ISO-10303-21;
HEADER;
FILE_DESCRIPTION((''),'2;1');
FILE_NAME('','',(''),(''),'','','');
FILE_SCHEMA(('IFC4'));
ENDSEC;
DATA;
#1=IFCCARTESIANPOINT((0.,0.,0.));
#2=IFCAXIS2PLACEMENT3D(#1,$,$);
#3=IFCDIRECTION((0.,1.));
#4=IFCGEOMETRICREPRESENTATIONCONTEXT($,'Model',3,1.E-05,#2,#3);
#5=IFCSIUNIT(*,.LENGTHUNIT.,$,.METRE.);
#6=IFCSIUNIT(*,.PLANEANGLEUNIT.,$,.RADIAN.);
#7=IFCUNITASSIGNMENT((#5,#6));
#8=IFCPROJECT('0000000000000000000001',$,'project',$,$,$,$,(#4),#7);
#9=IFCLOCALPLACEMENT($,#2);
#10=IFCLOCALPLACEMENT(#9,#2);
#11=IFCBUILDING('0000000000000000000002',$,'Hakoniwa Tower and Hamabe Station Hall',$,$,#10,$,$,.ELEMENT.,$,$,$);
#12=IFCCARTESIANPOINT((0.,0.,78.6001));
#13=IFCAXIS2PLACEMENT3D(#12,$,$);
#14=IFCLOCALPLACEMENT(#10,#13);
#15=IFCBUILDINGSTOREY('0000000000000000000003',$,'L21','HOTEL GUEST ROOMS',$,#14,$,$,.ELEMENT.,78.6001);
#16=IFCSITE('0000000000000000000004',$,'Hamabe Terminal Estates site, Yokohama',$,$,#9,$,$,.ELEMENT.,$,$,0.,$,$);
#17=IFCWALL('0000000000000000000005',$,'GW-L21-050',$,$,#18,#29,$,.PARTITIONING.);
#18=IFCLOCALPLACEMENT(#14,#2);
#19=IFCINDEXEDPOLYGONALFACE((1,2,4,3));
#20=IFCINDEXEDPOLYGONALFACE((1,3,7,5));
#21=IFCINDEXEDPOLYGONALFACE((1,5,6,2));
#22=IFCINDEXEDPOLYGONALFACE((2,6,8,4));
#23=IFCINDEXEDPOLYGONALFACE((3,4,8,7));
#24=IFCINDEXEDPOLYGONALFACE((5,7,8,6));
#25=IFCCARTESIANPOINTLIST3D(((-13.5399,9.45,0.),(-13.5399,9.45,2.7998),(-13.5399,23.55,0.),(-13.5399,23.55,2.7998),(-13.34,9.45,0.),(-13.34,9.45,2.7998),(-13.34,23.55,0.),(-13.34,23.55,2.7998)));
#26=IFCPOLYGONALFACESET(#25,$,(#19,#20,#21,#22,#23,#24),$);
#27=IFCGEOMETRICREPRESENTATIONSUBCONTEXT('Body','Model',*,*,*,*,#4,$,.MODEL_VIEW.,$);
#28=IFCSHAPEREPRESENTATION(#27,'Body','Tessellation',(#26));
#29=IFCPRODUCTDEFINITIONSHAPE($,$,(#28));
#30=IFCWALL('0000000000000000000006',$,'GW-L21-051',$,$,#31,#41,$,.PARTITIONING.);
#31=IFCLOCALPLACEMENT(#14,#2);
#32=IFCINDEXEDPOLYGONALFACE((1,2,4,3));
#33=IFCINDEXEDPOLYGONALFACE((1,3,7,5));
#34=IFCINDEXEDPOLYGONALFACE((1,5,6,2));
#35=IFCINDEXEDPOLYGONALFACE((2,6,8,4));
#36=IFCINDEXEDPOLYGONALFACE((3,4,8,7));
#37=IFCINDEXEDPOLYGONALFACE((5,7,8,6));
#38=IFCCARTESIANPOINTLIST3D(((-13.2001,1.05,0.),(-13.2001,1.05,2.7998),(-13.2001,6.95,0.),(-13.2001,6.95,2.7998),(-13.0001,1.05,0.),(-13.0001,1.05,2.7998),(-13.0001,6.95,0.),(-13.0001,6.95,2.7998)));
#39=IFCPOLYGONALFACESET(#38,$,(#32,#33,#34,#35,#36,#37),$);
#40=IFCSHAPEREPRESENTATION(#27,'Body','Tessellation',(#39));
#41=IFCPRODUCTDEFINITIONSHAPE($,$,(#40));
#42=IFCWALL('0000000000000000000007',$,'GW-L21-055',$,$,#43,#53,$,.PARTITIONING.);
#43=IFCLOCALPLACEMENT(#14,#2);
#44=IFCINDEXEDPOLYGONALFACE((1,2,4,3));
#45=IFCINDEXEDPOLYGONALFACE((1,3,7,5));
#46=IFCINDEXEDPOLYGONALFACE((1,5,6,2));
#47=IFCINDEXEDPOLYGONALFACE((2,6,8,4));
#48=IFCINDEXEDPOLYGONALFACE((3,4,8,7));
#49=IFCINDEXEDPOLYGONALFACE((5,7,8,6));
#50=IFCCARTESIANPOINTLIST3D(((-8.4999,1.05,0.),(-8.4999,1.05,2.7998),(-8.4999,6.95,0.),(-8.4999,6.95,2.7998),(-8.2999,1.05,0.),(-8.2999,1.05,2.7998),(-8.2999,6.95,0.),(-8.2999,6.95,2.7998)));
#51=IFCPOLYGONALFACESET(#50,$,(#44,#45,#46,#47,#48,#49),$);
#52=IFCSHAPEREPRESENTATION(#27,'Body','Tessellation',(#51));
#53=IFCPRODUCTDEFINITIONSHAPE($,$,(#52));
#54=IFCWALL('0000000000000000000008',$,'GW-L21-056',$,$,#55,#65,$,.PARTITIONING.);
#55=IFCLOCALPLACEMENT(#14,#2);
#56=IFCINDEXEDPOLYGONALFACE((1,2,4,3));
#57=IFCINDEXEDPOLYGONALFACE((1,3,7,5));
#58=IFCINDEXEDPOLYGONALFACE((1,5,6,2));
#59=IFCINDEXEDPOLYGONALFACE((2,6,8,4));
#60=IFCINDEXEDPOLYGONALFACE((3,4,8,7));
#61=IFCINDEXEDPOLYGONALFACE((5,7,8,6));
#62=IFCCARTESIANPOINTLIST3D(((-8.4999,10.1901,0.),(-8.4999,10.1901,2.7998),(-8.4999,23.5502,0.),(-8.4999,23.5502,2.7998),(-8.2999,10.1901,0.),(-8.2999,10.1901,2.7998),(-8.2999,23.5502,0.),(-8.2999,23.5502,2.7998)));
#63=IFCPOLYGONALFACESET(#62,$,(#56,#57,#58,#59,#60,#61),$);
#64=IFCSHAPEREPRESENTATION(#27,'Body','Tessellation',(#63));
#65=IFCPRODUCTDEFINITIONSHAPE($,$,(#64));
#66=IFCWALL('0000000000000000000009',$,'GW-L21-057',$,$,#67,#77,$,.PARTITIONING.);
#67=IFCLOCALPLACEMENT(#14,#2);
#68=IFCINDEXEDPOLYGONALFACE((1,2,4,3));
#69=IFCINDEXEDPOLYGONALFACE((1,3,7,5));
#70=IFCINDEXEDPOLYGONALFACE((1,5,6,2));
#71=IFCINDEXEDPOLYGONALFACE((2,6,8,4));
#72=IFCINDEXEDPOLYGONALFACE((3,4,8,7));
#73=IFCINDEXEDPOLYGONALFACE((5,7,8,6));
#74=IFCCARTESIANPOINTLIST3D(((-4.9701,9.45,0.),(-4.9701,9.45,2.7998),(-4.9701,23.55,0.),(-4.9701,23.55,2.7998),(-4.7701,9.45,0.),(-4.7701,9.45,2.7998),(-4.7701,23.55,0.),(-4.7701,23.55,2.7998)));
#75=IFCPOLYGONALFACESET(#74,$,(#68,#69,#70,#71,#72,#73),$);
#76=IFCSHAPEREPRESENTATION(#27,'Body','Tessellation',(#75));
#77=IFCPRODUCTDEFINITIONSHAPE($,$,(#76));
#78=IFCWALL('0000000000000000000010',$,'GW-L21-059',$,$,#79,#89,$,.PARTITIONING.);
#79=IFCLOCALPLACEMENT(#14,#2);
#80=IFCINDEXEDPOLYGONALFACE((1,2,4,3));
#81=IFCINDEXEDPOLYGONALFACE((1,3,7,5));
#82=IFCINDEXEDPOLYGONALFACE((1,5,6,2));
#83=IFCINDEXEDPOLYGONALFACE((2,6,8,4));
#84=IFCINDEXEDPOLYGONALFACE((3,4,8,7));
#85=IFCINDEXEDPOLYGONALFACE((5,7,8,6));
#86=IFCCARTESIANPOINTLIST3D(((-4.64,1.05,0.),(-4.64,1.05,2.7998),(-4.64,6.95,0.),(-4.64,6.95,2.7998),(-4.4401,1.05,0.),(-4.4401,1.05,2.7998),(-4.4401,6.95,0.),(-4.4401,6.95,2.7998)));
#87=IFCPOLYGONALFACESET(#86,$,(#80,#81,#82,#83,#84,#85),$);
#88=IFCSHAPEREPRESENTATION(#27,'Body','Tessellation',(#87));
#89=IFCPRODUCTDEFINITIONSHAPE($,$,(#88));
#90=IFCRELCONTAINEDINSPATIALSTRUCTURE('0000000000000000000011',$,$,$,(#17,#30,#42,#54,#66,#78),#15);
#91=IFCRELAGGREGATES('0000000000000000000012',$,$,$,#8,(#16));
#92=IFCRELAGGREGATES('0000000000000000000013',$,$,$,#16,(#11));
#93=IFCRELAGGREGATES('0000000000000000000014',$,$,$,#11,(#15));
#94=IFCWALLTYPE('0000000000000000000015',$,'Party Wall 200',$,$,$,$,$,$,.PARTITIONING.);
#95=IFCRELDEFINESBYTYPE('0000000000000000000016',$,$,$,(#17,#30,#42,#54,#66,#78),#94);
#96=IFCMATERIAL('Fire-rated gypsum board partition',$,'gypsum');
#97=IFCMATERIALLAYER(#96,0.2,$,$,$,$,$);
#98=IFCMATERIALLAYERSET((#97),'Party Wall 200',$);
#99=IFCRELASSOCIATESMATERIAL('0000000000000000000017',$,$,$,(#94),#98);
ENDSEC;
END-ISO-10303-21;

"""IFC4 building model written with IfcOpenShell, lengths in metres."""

from ifc_helpers import new_model, si_unit, direction, frame, frame_2d, origin, place, context, subcontext, project, spatial, rectangle, extrude, material, layer, layer_set, type_object, element, save


model = new_model("IFC4")

# Units and contexts
model_context = context("Model", 3, precision=1e-05, world=origin(), true_north=direction((0.0, 1.0)))
body_context = subcontext(model_context, "Body", "Model", "MODEL_VIEW")
ifc_project = project(units=[si_unit("LENGTHUNIT", "METRE"), si_unit("PLANEANGLEUNIT", "RADIAN")], contexts=[model_context])

# Site, building, storey
site_placement = place(None, origin())
site = spatial("IfcSite", under=ifc_project, at=site_placement, Name="Hamabe Terminal Estates site, Yokohama", CompositionType="ELEMENT", RefElevation=0.0)
building_placement = place(site_placement, origin())
building = spatial("IfcBuilding", under=site, at=building_placement, Name="Hakoniwa Tower and Hamabe Station Hall", CompositionType="ELEMENT")
storey_placement = place(building_placement, frame((0.0, 0.0, 78.6001)))
storey = spatial("IfcBuildingStorey", under=building, at=storey_placement, Name="L21", Description="HOTEL GUEST ROOMS", CompositionType="ELEMENT", Elevation=78.6001)

# Walls
ifc_material_1 = material(Name="Fire-rated gypsum board partition", Category="gypsum")
ifc_layer_1 = layer(ifc_material_1, 0.2)
ifc_layer_set_1 = layer_set([ifc_layer_1], Name="Party Wall 200")
wall_type_1 = type_object("IfcWallType", Name="Party Wall 200", PredefinedType="PARTITIONING", material=ifc_layer_set_1)
wall_1_placement = place(storey_placement, frame((-13.4399, 9.45, 0.0), z_axis=(0.0, 0.0, 1.0), x_axis=(0.0, 1.0, 0.0)))
element("IfcWall", 1, at=wall_1_placement, inside=storey, type_object=wall_type_1, Name="GW-L21-050", PredefinedType="PARTITIONING", context=body_context, shape_type="SweptSolid", body=[
    extrude(rectangle(XDim=14.1001, YDim=0.2, at=frame_2d((7.05, 0.0))), origin(), (0.0, 0.0, 1.0), 2.7998),
])
for number, where, z_axis, x_axis, name in (
    (2, (-13.1001, 1.05, 0.0), (0.0, 0.0, 1.0), (0.0, 1.0, 0.0), "GW-L21-051"),
    (3, (-8.3999, 1.05, 0.0), (0.0, 0.0, 1.0), (0.0, 1.0, 0.0), "GW-L21-055"),
):
    element("IfcWall", number, at=place(storey_placement, frame(where, z_axis=z_axis, x_axis=x_axis)), inside=storey, type_object=wall_type_1, Name=name, PredefinedType="PARTITIONING", context=body_context, shape_type="SweptSolid", body=[
        extrude(rectangle(XDim=5.8999, YDim=0.2, at=frame_2d((2.95, 0.0))), origin(), (0.0, 0.0, 1.0), 2.7998),
    ])
wall_2_placement = place(storey_placement, frame((-8.3999, 10.1899, 0.0), z_axis=(0.0, 0.0, 1.0), x_axis=(0.0, 1.0, 0.0)))
element("IfcWall", 4, at=wall_2_placement, inside=storey, type_object=wall_type_1, Name="GW-L21-056", PredefinedType="PARTITIONING", context=body_context, shape_type="SweptSolid", body=[
    extrude(rectangle(XDim=13.3601, YDim=0.2, at=frame_2d((6.6802, 0.0))), origin(), (0.0, 0.0, 1.0), 2.7998),
])
wall_3_placement = place(storey_placement, frame((-4.8701, 9.45, 0.0), z_axis=(0.0, 0.0, 1.0), x_axis=(0.0, 1.0, 0.0)))
element("IfcWall", 5, at=wall_3_placement, inside=storey, type_object=wall_type_1, Name="GW-L21-057", PredefinedType="PARTITIONING", context=body_context, shape_type="SweptSolid", body=[
    extrude(rectangle(XDim=14.1001, YDim=0.2, at=frame_2d((7.05, 0.0))), origin(), (0.0, 0.0, 1.0), 2.7998),
])
wall_4_placement = place(storey_placement, frame((-4.54, 1.05, 0.0), z_axis=(0.0, 0.0, 1.0), x_axis=(0.0, 1.0, 0.0)))
element("IfcWall", 6, at=wall_4_placement, inside=storey, type_object=wall_type_1, Name="GW-L21-059", PredefinedType="PARTITIONING", context=body_context, shape_type="SweptSolid", body=[
    extrude(rectangle(XDim=5.8999, YDim=0.2, at=frame_2d((2.95, 0.0))), origin(), (0.0, 0.0, 1.0), 2.7998),
])

save(model, "model.ifc")
